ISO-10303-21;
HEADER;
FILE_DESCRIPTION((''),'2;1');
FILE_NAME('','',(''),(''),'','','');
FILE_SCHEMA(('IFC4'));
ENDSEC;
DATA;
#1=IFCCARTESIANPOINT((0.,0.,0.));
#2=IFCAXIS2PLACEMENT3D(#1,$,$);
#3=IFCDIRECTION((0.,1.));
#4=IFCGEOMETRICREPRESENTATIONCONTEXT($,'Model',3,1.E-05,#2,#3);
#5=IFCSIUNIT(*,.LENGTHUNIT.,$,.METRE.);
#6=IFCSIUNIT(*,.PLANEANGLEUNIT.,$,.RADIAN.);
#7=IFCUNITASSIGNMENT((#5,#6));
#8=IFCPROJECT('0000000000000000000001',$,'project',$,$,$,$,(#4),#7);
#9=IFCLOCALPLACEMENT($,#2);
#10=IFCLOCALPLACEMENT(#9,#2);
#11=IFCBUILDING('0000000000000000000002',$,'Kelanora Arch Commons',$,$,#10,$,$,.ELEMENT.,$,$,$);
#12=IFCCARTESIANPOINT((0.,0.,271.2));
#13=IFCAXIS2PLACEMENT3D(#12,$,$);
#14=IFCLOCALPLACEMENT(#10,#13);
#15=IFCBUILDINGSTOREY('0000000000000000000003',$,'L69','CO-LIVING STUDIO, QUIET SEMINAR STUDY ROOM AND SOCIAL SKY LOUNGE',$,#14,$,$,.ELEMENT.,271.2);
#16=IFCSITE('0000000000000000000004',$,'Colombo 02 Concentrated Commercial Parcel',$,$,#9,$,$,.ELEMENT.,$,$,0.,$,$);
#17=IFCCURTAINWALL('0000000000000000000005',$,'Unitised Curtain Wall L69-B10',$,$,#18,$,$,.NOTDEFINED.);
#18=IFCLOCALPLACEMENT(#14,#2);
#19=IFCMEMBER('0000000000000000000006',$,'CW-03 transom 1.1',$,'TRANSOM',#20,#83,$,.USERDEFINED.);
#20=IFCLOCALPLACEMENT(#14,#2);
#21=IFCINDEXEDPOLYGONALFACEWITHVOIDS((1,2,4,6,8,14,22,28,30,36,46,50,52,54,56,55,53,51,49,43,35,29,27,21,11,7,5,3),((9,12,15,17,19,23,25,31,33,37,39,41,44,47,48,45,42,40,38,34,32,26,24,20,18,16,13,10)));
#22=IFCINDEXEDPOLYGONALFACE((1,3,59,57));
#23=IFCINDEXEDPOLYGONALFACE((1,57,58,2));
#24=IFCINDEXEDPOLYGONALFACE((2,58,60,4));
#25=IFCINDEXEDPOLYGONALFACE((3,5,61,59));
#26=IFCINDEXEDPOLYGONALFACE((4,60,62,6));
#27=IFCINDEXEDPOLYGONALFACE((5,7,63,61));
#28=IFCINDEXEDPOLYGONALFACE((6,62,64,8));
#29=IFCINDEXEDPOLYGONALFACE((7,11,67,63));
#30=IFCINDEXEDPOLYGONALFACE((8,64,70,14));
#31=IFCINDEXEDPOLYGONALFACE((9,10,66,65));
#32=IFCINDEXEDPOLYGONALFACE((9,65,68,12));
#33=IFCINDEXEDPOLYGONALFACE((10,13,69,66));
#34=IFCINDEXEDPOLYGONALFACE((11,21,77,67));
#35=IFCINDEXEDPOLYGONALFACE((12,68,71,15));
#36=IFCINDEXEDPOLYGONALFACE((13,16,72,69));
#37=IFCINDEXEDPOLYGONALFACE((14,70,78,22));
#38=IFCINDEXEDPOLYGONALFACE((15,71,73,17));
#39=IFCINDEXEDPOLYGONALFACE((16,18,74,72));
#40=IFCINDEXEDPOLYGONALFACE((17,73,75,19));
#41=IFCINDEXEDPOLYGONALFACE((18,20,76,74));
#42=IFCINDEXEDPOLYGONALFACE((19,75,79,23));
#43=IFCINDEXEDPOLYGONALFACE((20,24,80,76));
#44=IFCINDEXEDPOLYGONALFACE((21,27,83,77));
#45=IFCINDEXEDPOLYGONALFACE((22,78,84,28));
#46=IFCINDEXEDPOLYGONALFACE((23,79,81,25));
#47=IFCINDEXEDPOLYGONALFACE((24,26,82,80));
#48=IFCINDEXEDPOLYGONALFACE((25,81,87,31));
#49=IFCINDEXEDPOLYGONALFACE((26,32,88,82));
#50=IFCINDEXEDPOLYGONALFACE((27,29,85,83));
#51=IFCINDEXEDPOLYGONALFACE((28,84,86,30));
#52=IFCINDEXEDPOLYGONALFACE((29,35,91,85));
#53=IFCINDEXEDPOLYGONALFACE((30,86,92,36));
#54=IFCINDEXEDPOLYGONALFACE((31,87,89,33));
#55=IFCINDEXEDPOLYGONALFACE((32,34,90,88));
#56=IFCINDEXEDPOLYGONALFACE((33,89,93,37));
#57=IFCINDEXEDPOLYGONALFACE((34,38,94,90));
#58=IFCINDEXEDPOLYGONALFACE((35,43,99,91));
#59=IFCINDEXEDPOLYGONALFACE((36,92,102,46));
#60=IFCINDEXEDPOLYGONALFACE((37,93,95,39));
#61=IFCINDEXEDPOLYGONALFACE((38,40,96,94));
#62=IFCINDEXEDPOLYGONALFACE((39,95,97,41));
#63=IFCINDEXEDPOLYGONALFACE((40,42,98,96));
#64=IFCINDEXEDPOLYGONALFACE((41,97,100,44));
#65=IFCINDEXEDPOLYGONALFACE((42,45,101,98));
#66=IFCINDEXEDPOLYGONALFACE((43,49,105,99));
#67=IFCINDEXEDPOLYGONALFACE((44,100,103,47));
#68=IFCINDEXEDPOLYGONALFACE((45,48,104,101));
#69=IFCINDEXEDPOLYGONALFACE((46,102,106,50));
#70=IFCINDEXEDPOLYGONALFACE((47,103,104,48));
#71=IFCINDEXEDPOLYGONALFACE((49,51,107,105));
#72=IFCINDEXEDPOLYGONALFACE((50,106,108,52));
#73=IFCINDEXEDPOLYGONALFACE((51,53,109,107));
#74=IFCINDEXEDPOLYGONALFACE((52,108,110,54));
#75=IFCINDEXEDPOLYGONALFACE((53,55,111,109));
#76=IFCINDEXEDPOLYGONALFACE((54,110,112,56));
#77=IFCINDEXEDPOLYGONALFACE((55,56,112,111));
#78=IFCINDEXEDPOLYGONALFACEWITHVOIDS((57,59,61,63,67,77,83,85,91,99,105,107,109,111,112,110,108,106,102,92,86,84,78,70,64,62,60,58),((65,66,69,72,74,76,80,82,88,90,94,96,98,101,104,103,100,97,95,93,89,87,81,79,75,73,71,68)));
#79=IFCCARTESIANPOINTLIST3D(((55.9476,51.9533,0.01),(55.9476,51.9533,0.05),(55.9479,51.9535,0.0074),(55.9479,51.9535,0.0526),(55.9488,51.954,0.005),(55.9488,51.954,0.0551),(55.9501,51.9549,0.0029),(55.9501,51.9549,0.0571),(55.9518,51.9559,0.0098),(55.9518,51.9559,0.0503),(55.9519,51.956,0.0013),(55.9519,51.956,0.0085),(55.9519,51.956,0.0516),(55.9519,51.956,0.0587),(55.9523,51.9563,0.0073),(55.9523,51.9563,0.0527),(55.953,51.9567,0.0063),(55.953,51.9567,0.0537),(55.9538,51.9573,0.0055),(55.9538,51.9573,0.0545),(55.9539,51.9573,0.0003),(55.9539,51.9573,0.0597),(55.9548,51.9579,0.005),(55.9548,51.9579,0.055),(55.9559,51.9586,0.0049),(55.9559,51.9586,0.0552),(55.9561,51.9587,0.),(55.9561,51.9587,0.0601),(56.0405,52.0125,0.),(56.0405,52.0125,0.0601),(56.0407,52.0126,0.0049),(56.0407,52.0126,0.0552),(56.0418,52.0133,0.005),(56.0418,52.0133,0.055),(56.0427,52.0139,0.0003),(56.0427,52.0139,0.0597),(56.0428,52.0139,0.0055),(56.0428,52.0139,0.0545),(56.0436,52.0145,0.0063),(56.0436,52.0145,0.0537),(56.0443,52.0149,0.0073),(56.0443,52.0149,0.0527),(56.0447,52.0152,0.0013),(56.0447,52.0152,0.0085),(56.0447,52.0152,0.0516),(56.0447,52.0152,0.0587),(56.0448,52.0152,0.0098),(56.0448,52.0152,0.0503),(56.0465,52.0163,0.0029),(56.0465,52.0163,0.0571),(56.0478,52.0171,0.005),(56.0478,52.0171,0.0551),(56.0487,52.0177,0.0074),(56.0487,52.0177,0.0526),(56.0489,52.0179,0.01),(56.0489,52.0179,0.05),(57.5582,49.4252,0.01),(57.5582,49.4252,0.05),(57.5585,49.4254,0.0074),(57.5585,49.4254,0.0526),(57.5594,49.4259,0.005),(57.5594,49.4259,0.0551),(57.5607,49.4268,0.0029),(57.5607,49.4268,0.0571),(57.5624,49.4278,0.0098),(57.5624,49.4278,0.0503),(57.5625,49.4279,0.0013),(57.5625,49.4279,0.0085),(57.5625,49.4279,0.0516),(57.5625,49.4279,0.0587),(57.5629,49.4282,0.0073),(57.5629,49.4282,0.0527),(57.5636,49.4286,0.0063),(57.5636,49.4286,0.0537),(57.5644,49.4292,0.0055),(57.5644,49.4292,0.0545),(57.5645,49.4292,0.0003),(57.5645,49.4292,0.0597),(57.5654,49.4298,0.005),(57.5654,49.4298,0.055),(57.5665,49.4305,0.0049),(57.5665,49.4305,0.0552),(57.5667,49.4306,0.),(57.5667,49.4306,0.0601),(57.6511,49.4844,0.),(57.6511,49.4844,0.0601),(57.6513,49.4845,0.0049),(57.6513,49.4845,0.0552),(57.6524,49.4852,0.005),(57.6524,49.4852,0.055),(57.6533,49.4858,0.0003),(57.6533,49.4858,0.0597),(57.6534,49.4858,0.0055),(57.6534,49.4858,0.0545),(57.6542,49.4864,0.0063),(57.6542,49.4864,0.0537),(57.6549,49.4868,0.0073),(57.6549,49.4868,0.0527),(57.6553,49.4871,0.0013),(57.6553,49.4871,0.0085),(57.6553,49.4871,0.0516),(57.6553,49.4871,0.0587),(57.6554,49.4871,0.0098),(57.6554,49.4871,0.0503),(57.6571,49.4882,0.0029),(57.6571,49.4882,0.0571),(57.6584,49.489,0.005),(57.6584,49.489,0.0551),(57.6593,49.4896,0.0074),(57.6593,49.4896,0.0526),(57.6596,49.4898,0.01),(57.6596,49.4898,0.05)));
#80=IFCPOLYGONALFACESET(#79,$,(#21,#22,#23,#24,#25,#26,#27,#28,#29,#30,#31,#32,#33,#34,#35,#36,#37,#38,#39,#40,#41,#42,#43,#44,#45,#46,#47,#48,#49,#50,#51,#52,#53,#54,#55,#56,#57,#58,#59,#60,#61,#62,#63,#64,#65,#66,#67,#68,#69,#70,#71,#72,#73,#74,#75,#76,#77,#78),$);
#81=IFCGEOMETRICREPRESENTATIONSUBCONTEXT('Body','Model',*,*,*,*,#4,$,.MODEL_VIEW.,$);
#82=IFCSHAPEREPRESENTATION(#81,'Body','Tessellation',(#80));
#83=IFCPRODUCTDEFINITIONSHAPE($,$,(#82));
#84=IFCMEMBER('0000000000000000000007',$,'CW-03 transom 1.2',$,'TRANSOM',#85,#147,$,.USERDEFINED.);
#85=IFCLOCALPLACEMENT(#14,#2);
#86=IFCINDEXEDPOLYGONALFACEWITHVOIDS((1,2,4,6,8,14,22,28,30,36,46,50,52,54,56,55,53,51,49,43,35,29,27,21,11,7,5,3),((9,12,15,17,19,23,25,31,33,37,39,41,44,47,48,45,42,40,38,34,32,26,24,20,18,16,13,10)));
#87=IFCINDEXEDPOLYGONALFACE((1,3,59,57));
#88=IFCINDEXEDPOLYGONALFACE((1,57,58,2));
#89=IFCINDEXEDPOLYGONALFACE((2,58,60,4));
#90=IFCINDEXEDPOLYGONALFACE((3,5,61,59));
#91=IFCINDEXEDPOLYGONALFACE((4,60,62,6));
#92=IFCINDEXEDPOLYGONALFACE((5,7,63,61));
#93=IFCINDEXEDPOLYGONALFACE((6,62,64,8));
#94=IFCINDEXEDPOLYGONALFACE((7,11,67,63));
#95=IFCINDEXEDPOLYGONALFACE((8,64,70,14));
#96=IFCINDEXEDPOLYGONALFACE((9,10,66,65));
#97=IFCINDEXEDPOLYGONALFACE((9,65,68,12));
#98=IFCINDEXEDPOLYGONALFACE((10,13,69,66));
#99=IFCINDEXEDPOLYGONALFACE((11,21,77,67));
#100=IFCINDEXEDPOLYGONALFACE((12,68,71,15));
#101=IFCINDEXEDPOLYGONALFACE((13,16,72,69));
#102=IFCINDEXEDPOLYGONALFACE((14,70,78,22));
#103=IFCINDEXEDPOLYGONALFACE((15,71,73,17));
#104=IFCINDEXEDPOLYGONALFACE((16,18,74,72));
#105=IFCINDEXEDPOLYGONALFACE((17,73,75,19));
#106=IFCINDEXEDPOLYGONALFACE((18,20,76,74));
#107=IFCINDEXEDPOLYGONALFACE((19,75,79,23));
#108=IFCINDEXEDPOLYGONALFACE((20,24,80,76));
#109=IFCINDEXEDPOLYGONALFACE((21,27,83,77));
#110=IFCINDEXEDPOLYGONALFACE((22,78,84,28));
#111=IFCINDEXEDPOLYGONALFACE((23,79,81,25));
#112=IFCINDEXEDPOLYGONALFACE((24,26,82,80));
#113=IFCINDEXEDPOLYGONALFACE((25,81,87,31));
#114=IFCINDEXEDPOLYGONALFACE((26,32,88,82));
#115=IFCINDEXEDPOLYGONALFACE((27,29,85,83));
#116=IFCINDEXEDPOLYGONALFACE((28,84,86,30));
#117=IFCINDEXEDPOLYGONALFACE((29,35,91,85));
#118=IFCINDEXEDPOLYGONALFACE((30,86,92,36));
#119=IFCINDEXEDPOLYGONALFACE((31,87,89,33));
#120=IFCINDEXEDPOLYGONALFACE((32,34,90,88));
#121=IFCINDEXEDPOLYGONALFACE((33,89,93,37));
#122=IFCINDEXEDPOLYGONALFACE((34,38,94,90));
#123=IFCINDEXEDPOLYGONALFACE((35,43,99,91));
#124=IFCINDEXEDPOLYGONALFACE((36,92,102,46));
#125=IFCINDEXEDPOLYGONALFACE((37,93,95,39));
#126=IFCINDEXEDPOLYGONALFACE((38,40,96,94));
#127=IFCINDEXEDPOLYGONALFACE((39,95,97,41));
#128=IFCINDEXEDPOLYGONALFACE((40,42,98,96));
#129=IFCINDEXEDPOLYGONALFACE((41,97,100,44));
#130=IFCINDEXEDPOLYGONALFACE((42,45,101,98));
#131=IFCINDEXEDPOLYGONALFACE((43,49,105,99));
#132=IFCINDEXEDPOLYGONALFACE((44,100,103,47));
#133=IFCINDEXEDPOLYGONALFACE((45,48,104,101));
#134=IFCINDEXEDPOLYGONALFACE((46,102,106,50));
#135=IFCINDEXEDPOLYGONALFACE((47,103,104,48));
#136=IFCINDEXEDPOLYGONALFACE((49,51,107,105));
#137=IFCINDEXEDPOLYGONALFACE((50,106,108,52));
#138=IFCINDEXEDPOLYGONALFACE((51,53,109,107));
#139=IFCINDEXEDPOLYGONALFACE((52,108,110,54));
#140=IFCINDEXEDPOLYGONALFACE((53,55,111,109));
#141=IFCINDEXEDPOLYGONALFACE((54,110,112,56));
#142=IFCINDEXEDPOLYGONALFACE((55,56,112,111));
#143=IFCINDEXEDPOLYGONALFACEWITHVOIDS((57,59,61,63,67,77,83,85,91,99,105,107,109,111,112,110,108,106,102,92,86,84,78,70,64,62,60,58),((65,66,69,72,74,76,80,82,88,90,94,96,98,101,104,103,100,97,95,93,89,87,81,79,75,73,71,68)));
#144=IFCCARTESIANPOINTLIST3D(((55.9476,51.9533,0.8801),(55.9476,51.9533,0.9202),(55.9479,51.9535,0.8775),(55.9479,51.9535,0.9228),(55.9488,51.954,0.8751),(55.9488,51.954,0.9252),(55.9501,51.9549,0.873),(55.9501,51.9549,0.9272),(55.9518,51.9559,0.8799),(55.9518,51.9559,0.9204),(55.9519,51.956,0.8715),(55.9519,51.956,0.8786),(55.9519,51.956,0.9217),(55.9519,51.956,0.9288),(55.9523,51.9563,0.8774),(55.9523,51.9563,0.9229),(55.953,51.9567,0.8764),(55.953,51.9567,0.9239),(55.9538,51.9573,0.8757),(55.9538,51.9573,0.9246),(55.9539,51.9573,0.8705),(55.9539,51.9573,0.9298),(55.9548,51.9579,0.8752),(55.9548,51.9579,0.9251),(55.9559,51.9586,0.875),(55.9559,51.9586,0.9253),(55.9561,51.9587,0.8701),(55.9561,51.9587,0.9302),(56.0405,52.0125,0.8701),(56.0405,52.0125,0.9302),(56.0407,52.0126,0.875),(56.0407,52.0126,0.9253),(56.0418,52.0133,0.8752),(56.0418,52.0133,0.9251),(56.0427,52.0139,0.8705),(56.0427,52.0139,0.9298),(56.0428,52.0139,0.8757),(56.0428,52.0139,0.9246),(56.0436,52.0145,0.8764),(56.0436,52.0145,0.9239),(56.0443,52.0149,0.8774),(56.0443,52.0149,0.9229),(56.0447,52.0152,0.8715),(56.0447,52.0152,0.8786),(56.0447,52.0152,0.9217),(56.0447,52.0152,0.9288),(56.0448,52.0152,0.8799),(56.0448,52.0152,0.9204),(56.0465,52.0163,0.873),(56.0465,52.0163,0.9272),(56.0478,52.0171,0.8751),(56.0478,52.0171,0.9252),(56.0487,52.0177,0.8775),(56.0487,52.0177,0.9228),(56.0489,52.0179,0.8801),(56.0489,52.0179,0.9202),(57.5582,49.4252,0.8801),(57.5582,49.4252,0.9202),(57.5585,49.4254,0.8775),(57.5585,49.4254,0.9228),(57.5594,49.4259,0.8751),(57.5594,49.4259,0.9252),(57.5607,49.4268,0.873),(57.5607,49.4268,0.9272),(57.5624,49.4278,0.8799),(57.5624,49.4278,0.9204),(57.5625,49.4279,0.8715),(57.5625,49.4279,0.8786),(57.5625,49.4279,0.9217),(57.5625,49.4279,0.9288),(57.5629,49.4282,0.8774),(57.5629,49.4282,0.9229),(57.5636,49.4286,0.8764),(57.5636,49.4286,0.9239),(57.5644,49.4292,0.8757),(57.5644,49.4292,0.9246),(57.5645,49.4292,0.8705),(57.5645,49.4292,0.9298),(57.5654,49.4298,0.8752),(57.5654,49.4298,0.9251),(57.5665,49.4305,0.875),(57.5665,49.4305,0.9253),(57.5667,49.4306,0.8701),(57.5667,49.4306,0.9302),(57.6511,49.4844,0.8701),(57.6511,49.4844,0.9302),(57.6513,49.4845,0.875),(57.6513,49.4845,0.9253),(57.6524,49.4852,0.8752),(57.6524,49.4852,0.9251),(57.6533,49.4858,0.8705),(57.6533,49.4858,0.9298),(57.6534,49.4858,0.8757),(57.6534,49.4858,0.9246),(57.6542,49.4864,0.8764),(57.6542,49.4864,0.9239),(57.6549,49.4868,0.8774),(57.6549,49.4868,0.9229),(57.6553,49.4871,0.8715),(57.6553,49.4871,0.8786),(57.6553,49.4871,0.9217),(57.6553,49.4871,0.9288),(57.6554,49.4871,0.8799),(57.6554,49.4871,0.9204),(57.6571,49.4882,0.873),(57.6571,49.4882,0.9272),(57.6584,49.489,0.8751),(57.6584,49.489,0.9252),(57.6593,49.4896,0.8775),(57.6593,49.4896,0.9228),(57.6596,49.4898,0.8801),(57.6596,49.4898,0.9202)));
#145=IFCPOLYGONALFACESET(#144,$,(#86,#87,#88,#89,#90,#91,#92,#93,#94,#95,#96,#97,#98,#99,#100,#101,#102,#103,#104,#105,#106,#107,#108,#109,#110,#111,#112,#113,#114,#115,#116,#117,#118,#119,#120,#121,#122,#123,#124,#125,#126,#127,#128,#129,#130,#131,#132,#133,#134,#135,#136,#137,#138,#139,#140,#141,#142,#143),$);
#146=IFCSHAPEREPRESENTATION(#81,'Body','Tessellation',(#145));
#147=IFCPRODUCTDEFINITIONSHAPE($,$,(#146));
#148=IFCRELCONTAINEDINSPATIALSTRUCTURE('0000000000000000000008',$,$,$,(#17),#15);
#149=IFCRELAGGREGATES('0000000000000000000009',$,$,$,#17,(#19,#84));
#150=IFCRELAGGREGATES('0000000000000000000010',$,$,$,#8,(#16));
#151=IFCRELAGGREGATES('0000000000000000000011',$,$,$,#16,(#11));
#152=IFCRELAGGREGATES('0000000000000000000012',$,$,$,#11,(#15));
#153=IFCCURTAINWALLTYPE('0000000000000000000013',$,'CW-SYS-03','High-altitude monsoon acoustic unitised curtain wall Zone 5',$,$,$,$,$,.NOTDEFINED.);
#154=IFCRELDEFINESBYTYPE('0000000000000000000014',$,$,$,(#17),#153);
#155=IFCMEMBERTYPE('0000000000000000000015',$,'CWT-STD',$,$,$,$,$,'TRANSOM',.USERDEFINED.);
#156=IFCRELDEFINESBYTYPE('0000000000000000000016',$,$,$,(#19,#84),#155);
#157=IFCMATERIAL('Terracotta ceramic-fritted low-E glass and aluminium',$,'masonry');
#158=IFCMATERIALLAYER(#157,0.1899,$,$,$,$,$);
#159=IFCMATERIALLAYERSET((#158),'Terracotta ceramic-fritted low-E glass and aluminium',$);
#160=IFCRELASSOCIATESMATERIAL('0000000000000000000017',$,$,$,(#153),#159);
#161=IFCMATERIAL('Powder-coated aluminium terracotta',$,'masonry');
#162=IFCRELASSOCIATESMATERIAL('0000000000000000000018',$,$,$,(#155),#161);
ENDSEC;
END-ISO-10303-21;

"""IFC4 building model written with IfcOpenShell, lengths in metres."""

from ifc_helpers import new_model, si_unit, direction, frame, origin, origin_2d, place, context, subcontext, project, spatial, hollow_rectangle, extrude, material, layer, layer_set, material_profile, profile_set, type_object, element, aggregate, save


model = new_model("IFC4")

# Units and contexts
model_context = context("Model", 3, precision=1e-05, world=origin(), true_north=direction((0.0, 1.0)))
body_context = subcontext(model_context, "Body", "Model", "MODEL_VIEW")
ifc_project = project(units=[si_unit("LENGTHUNIT", "METRE"), si_unit("PLANEANGLEUNIT", "RADIAN")], contexts=[model_context])

# Site, building, storey
site_placement = place(None, origin())
site = spatial("IfcSite", under=ifc_project, at=site_placement, Name="Colombo 02 Concentrated Commercial Parcel", CompositionType="ELEMENT", RefElevation=0.0)
building_placement = place(site_placement, origin())
building = spatial("IfcBuilding", under=site, at=building_placement, Name="Kelanora Arch Commons", CompositionType="ELEMENT")
storey_placement = place(building_placement, frame((0.0, 0.0, 271.2)))
storey = spatial("IfcBuildingStorey", under=building, at=storey_placement, Name="L69", Description="CO-LIVING STUDIO, QUIET SEMINAR STUDY ROOM AND SOCIAL SKY LOUNGE", CompositionType="ELEMENT", Elevation=271.2)

# Curtain wall, members
ifc_material_1 = material(Name="Terracotta ceramic-fritted low-E glass and aluminium", Category="masonry")
ifc_layer_1 = layer(ifc_material_1, 0.1899)
ifc_layer_set_1 = layer_set([ifc_layer_1], Name="Terracotta ceramic-fritted low-E glass and aluminium")
curtain_wall_type = type_object("IfcCurtainWallType", Name="CW-SYS-03", Description="High-altitude monsoon acoustic unitised curtain wall Zone 5", PredefinedType="NOTDEFINED", material=ifc_layer_set_1)
curtain_wall_placement = place(storey_placement, origin())
curtain_wall = element("IfcCurtainWall", 1, at=curtain_wall_placement, inside=storey, type_object=curtain_wall_type, Name="Unitised Curtain Wall L69-B10", PredefinedType="NOTDEFINED")
ifc_material_2 = material(Name="Powder-coated aluminium terracotta", Category="masonry")
ifc_material_profile_1 = material_profile(ifc_material_2, hollow_rectangle(XDim=0.1201, YDim=0.0601, WallThickness=0.0049, InnerFilletRadius=0.0049, OuterFilletRadius=0.01, at=origin_2d()), Name="CWT120x60")
ifc_profile_set_1 = profile_set([ifc_material_profile_1], Name="Powder-coated aluminium terracotta")
member_type_1 = type_object("IfcMemberType", Name="CWT-STD", ElementType="TRANSOM", PredefinedType="USERDEFINED", material=ifc_profile_set_1)
member_1_placement = place(storey_placement, frame((55.9983, 51.9856, 0.03), z_axis=(0.537308, -0.843386, 0.0), x_axis=(0.843386, 0.537308, 0.0)))
member_1 = element("IfcMember", 2, at=member_1_placement, type_object=member_type_1, Name="CW-03 transom 1.1", ObjectType="TRANSOM", PredefinedType="USERDEFINED", context=body_context, shape_type="SweptSolid", body=[
    extrude(hollow_rectangle(XDim=0.1201, YDim=0.0601, WallThickness=0.0049, InnerFilletRadius=0.0049, OuterFilletRadius=0.01, at=origin_2d()), origin(), (0.0, 0.0, 1.0), 2.9976),
])
member_2_placement = place(storey_placement, frame((55.9983, 51.9856, 0.9001), z_axis=(0.537308, -0.843386, 0.0), x_axis=(0.843386, 0.537308, 0.0)))
member_2 = element("IfcMember", 3, at=member_2_placement, type_object=member_type_1, Name="CW-03 transom 1.2", ObjectType="TRANSOM", PredefinedType="USERDEFINED", context=body_context, shape_type="SweptSolid", body=[
    extrude(hollow_rectangle(XDim=0.1201, YDim=0.0601, WallThickness=0.0049, InnerFilletRadius=0.0049, OuterFilletRadius=0.01, at=origin_2d()), origin(), (0.0, 0.0, 1.0), 2.9976),
])

aggregate(curtain_wall, [member_1, member_2])

save(model, "model.ifc")
